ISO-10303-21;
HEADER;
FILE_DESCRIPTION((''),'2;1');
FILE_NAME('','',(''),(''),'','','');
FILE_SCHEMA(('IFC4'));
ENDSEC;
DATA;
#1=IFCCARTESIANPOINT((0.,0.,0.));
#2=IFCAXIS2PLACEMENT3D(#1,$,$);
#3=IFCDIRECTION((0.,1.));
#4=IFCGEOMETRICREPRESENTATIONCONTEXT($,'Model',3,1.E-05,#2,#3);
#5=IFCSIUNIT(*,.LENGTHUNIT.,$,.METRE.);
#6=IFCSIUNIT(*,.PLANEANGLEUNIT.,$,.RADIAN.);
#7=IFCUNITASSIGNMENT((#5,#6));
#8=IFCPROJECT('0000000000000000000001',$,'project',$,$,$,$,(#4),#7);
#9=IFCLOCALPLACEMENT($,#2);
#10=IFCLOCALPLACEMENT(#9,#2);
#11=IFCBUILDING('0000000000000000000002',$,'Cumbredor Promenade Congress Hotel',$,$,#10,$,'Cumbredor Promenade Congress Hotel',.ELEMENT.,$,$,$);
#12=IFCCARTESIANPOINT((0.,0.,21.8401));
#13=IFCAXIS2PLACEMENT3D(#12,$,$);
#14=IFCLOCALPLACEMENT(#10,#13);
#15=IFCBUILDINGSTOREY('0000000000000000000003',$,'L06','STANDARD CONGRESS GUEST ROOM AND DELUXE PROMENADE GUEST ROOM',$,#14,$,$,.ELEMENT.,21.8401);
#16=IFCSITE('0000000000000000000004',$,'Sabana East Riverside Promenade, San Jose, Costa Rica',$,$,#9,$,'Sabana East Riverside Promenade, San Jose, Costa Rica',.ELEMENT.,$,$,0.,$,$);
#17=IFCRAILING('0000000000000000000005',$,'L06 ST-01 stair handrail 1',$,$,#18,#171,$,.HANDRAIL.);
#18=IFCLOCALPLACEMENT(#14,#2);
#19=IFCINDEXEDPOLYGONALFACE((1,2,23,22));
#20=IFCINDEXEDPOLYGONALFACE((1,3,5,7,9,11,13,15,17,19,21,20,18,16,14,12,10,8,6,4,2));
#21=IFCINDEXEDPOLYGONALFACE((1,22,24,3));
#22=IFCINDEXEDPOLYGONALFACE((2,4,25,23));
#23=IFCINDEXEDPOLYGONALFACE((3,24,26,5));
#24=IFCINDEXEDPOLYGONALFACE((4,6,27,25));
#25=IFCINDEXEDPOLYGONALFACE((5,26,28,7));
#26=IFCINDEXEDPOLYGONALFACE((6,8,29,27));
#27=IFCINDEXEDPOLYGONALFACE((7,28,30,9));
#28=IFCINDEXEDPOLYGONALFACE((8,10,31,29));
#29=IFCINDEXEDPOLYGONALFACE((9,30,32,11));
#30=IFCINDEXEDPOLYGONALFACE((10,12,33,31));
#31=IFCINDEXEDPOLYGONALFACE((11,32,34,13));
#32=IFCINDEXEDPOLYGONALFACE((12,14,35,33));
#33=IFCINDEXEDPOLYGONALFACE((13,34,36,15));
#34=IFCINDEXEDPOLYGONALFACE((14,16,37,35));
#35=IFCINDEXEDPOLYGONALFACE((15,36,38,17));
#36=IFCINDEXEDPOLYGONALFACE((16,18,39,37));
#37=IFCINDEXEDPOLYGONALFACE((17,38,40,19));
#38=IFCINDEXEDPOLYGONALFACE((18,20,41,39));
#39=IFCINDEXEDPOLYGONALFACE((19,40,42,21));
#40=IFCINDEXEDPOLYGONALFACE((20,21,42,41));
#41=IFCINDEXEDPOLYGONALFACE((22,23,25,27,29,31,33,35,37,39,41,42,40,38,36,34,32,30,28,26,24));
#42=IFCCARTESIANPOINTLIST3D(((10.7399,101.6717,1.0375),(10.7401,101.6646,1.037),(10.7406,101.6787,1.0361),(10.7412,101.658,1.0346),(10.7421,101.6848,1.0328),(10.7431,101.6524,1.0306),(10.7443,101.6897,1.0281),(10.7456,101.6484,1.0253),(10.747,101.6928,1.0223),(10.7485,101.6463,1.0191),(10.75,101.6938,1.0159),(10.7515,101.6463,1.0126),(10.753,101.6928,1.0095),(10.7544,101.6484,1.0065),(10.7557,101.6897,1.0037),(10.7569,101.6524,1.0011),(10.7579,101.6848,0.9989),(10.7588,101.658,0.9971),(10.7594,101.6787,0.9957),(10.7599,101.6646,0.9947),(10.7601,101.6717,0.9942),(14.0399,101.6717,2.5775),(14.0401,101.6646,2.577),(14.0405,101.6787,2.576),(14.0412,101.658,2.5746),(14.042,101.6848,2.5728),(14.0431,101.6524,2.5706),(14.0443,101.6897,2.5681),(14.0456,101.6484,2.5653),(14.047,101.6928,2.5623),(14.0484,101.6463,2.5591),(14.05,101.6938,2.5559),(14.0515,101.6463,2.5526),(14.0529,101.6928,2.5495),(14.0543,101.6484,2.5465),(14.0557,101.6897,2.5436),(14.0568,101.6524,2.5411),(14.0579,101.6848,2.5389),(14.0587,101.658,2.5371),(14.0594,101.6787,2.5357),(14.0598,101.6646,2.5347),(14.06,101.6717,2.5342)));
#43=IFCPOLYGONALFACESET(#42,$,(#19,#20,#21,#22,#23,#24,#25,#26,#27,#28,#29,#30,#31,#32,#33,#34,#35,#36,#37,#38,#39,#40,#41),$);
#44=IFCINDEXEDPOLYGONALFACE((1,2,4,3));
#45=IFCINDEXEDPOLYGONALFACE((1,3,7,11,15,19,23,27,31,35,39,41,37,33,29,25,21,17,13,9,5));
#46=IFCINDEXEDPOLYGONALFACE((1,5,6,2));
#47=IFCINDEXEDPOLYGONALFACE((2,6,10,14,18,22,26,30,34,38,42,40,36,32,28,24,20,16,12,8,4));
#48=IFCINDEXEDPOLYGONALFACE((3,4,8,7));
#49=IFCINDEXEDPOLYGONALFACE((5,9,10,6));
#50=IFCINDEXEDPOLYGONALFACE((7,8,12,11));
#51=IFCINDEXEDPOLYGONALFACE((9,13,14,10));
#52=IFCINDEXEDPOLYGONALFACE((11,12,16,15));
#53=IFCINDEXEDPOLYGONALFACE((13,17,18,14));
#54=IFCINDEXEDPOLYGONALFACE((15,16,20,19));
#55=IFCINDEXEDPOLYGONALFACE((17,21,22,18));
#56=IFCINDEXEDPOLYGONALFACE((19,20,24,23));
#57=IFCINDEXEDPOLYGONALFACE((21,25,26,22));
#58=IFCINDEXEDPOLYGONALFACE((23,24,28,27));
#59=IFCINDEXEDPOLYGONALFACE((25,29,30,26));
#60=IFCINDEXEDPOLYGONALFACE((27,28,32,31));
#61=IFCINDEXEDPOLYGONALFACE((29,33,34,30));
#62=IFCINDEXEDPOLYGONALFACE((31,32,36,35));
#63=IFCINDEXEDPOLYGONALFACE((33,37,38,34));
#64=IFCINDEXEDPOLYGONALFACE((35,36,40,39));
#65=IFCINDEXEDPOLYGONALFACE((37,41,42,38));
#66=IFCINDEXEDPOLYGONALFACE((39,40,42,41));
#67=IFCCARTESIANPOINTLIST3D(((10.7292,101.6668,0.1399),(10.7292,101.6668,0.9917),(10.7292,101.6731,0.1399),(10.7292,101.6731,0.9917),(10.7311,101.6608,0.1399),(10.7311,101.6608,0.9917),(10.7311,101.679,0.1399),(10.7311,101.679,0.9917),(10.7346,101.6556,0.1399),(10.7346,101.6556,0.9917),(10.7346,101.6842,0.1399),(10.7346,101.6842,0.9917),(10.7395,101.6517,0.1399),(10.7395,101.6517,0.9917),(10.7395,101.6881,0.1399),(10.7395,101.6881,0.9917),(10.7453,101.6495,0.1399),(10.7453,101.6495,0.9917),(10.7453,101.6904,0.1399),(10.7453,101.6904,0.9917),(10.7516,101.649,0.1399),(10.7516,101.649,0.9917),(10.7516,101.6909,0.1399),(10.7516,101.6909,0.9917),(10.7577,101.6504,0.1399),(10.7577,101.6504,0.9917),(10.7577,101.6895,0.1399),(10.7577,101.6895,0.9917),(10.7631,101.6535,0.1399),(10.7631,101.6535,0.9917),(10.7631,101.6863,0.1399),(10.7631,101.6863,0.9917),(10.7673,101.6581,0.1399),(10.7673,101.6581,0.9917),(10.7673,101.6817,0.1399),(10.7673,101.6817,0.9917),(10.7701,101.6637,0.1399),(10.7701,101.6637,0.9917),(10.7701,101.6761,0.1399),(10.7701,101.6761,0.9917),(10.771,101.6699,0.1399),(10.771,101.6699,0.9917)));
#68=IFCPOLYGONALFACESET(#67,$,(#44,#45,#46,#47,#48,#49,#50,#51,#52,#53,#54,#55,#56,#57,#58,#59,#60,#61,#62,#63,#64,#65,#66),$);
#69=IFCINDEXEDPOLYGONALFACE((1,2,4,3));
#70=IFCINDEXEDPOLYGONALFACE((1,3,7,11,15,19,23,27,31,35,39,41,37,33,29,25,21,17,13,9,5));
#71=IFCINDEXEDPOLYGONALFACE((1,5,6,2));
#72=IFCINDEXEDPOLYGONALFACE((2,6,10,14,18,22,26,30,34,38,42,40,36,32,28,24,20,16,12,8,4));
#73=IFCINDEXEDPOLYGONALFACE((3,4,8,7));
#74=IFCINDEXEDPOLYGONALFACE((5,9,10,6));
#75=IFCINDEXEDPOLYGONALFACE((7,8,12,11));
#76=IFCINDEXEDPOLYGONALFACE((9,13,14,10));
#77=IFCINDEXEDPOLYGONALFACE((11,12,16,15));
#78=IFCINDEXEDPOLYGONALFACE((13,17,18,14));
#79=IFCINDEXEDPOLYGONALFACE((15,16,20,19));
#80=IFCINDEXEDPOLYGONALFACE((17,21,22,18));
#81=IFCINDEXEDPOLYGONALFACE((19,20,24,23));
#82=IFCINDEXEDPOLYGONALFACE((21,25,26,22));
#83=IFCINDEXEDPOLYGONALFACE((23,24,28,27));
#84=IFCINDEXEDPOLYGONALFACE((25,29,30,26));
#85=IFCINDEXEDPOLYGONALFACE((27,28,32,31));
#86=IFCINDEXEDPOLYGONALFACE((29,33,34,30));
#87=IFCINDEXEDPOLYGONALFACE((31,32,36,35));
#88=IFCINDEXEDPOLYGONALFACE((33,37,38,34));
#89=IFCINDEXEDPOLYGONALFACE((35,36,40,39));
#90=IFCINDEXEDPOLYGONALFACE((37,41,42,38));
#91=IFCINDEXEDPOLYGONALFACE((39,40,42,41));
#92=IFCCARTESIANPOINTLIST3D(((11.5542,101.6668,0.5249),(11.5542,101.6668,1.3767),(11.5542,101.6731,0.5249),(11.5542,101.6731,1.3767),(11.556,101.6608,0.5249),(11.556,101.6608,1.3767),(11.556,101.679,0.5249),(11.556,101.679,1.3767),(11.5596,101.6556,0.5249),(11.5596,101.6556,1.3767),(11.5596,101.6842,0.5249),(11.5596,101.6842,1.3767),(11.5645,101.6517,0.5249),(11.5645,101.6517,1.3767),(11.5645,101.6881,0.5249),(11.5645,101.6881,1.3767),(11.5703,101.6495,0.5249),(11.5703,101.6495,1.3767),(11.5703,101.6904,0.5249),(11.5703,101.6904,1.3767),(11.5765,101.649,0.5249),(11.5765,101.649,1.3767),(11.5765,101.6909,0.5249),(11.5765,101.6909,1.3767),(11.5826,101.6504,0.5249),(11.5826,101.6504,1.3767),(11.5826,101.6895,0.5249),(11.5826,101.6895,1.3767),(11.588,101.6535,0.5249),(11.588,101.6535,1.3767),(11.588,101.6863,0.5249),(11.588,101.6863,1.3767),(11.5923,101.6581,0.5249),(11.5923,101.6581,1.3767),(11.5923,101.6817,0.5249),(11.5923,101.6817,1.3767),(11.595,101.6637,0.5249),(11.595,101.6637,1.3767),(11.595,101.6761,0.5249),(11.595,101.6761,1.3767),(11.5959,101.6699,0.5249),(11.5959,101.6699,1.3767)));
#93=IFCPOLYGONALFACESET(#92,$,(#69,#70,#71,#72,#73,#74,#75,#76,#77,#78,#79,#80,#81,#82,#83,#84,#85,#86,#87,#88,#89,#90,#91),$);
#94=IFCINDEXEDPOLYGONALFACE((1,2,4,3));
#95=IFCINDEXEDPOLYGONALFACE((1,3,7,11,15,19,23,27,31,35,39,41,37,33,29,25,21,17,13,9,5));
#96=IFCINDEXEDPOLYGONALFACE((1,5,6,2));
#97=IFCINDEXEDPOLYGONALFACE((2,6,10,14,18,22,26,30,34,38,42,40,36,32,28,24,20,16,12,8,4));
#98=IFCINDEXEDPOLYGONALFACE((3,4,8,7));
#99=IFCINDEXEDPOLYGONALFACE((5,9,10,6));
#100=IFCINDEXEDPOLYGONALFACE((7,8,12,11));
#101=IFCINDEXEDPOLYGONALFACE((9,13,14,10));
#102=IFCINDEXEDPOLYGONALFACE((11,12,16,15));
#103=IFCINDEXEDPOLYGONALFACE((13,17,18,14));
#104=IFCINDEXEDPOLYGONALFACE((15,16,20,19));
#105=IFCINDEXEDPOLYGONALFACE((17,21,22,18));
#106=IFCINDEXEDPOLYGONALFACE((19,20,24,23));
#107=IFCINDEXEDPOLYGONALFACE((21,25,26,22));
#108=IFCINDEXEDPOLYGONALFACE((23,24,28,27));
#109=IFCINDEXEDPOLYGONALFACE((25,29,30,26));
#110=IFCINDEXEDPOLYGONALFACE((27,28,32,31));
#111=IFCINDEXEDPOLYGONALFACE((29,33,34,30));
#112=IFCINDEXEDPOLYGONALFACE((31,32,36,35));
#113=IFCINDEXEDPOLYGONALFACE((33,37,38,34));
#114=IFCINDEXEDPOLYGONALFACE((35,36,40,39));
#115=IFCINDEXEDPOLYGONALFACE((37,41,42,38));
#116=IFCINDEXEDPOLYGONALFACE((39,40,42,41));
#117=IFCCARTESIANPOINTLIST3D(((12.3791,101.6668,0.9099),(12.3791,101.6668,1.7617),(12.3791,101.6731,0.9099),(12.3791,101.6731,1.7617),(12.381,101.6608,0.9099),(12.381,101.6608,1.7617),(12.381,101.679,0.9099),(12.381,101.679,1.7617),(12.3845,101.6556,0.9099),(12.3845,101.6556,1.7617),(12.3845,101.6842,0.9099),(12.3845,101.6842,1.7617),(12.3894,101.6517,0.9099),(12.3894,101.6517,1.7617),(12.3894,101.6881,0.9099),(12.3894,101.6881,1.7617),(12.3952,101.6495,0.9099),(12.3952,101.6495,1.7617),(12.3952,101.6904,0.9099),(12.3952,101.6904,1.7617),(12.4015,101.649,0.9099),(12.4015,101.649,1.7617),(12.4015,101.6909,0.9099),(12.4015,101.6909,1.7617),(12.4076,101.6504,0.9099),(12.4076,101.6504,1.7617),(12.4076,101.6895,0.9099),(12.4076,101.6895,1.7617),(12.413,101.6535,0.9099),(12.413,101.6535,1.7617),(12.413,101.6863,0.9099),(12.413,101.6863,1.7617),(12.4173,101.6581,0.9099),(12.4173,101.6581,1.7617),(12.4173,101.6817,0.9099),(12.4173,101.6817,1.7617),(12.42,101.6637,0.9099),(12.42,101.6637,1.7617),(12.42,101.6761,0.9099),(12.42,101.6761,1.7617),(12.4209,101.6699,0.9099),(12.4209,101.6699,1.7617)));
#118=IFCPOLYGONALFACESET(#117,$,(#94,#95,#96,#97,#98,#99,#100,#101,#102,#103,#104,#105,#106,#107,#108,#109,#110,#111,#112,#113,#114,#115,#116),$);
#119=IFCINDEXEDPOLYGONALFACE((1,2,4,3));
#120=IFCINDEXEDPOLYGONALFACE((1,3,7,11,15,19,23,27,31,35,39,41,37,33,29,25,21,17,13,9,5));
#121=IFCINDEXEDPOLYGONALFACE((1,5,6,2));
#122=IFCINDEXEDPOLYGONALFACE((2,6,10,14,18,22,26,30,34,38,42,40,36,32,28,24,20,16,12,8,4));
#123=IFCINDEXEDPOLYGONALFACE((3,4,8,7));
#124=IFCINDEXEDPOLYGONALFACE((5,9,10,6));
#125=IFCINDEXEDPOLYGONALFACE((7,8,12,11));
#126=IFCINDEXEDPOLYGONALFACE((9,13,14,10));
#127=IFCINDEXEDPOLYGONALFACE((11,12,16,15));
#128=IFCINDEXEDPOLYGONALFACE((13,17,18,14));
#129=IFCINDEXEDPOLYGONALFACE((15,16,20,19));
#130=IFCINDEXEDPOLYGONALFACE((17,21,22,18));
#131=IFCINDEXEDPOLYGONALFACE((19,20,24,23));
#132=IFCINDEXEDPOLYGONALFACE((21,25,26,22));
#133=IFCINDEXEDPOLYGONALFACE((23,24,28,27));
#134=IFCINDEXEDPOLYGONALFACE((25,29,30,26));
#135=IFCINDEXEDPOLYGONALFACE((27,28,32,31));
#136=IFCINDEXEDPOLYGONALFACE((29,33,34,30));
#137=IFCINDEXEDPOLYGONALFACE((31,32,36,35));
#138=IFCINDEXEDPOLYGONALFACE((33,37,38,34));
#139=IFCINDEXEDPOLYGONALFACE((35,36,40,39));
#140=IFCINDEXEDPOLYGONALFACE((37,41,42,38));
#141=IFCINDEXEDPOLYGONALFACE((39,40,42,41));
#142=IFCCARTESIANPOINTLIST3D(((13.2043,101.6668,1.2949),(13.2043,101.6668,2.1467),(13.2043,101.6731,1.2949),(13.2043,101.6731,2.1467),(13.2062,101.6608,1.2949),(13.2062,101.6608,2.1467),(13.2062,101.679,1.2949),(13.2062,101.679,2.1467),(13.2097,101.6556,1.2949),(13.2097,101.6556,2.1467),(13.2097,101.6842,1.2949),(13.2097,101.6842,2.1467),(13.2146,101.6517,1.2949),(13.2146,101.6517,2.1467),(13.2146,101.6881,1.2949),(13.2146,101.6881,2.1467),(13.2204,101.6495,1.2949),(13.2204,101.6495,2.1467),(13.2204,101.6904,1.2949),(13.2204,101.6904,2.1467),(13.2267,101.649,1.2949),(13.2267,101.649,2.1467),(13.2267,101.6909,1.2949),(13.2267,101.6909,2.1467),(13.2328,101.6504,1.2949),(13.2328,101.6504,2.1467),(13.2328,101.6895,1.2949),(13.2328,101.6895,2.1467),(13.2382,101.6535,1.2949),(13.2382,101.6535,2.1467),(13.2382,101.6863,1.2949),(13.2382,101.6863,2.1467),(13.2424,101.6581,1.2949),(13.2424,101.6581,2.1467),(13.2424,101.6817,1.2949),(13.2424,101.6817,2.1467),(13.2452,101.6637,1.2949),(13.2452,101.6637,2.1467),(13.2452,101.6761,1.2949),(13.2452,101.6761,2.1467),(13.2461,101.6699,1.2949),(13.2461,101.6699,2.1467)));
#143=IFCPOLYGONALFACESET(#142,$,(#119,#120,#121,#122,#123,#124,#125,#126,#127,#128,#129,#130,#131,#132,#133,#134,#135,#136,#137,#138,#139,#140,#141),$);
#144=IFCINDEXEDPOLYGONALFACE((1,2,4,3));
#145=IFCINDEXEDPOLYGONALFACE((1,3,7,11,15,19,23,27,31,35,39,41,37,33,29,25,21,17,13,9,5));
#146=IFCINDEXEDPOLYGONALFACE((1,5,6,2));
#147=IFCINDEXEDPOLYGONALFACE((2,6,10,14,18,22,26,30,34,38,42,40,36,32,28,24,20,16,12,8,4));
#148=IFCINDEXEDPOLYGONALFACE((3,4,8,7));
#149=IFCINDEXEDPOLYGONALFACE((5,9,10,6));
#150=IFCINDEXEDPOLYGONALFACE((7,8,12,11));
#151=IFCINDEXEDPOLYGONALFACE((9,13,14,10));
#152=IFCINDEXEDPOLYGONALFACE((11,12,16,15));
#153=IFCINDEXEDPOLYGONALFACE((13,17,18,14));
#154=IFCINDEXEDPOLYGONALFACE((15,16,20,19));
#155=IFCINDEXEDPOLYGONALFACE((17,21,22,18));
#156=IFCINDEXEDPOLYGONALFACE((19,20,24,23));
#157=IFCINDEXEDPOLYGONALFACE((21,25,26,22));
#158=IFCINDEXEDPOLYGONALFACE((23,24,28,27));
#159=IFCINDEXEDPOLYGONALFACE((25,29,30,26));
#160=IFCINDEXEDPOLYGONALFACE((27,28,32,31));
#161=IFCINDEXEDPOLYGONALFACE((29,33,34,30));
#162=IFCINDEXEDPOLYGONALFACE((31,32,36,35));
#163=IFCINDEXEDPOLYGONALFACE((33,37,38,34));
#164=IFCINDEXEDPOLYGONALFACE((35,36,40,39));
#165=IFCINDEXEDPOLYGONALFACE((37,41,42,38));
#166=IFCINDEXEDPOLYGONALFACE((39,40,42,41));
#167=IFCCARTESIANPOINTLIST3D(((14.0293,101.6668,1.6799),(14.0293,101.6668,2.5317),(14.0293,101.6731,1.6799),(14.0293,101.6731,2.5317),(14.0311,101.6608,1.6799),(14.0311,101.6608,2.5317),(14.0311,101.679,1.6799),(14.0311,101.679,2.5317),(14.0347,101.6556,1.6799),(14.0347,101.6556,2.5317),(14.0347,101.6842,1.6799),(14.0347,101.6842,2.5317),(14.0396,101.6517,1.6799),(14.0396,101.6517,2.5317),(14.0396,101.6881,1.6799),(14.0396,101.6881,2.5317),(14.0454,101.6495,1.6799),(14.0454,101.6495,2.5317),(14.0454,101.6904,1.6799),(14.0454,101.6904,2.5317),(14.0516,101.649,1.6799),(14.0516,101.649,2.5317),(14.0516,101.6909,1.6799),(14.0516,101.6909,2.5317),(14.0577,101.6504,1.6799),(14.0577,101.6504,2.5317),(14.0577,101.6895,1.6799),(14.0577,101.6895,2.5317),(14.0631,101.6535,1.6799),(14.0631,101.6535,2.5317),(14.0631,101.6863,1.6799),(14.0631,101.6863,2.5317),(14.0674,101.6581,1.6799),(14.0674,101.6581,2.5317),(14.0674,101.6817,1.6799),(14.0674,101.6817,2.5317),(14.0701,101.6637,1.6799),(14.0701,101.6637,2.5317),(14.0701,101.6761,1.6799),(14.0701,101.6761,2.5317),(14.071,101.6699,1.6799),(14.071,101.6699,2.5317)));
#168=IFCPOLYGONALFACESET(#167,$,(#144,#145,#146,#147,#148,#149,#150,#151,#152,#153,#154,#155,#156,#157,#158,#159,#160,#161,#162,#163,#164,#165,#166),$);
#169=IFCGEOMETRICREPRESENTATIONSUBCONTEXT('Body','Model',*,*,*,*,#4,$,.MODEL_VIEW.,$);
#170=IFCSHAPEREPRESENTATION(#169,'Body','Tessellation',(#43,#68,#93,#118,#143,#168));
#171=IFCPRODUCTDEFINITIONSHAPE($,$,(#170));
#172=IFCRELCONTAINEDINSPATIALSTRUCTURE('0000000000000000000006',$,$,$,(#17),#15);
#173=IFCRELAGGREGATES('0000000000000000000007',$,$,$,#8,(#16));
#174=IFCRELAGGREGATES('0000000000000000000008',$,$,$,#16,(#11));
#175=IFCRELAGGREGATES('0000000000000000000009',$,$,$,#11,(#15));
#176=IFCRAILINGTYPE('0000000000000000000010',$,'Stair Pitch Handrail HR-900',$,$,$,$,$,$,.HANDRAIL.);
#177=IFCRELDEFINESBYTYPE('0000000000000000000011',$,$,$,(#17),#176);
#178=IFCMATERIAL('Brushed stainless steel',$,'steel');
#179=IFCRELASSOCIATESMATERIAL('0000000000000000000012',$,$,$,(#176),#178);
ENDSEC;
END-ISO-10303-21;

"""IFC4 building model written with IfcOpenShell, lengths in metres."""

from ifc_helpers import new_model, si_unit, direction, frame, origin, origin_2d, place, context, subcontext, project, spatial, circle, extrude, material, type_object, element, save


model = new_model("IFC4")

# Units and contexts
model_context = context("Model", 3, precision=1e-05, world=origin(), true_north=direction((0.0, 1.0)))
body_context = subcontext(model_context, "Body", "Model", "MODEL_VIEW")
ifc_project = project(units=[si_unit("LENGTHUNIT", "METRE"), si_unit("PLANEANGLEUNIT", "RADIAN")], contexts=[model_context])

# Site, building, storey
site_placement = place(None, origin())
site = spatial("IfcSite", under=ifc_project, at=site_placement, Name="Sabana East Riverside Promenade, San Jose, Costa Rica", LongName="Sabana East Riverside Promenade, San Jose, Costa Rica", CompositionType="ELEMENT", RefElevation=0.0)
building_placement = place(site_placement, origin())
building = spatial("IfcBuilding", under=site, at=building_placement, Name="Cumbredor Promenade Congress Hotel", LongName="Cumbredor Promenade Congress Hotel", CompositionType="ELEMENT")
storey_placement = place(building_placement, frame((0.0, 0.0, 21.8401)))
storey = spatial("IfcBuildingStorey", under=building, at=storey_placement, Name="L06", Description="STANDARD CONGRESS GUEST ROOM AND DELUXE PROMENADE GUEST ROOM", CompositionType="ELEMENT", Elevation=21.8401)

# Railing
ifc_material_1 = material(Name="Brushed stainless steel", Category="steel")
railing_type_1 = type_object("IfcRailingType", Name="Stair Pitch Handrail HR-900", PredefinedType="HANDRAIL", material=ifc_material_1)
railing_1_placement = place(storey_placement, frame((10.75, 101.6699, 0.1399)))
element("IfcRailing", 1, at=railing_1_placement, inside=storey, type_object=railing_type_1, Name="L06 ST-01 stair handrail 1", PredefinedType="HANDRAIL", context=body_context, shape_type="SweptSolid", body=[
    extrude(circle(Radius=0.0239, at=origin_2d()), frame((0.0, 0.0, 0.876), z_axis=(0.906181, 0.0, 0.422889), x_axis=(0.0, 1.0, 0.0)), (0.0, 0.0, 1.0), 3.6416),
    extrude(circle(Radius=0.021, at=origin_2d()), origin(), (0.0, 0.0, 1.0), 0.8518),
    extrude(circle(Radius=0.021, at=origin_2d()), frame((0.825, 0.0, 0.385)), (0.0, 0.0, 1.0), 0.8518),
    extrude(circle(Radius=0.021, at=origin_2d()), frame((1.6499, 0.0, 0.77)), (0.0, 0.0, 1.0), 0.8518),
    extrude(circle(Radius=0.021, at=origin_2d()), frame((2.4751, 0.0, 1.155)), (0.0, 0.0, 1.0), 0.8518),
    extrude(circle(Radius=0.021, at=origin_2d()), frame((3.3, 0.0, 1.54)), (0.0, 0.0, 1.0), 0.8518),
])

save(model, "model.ifc")
